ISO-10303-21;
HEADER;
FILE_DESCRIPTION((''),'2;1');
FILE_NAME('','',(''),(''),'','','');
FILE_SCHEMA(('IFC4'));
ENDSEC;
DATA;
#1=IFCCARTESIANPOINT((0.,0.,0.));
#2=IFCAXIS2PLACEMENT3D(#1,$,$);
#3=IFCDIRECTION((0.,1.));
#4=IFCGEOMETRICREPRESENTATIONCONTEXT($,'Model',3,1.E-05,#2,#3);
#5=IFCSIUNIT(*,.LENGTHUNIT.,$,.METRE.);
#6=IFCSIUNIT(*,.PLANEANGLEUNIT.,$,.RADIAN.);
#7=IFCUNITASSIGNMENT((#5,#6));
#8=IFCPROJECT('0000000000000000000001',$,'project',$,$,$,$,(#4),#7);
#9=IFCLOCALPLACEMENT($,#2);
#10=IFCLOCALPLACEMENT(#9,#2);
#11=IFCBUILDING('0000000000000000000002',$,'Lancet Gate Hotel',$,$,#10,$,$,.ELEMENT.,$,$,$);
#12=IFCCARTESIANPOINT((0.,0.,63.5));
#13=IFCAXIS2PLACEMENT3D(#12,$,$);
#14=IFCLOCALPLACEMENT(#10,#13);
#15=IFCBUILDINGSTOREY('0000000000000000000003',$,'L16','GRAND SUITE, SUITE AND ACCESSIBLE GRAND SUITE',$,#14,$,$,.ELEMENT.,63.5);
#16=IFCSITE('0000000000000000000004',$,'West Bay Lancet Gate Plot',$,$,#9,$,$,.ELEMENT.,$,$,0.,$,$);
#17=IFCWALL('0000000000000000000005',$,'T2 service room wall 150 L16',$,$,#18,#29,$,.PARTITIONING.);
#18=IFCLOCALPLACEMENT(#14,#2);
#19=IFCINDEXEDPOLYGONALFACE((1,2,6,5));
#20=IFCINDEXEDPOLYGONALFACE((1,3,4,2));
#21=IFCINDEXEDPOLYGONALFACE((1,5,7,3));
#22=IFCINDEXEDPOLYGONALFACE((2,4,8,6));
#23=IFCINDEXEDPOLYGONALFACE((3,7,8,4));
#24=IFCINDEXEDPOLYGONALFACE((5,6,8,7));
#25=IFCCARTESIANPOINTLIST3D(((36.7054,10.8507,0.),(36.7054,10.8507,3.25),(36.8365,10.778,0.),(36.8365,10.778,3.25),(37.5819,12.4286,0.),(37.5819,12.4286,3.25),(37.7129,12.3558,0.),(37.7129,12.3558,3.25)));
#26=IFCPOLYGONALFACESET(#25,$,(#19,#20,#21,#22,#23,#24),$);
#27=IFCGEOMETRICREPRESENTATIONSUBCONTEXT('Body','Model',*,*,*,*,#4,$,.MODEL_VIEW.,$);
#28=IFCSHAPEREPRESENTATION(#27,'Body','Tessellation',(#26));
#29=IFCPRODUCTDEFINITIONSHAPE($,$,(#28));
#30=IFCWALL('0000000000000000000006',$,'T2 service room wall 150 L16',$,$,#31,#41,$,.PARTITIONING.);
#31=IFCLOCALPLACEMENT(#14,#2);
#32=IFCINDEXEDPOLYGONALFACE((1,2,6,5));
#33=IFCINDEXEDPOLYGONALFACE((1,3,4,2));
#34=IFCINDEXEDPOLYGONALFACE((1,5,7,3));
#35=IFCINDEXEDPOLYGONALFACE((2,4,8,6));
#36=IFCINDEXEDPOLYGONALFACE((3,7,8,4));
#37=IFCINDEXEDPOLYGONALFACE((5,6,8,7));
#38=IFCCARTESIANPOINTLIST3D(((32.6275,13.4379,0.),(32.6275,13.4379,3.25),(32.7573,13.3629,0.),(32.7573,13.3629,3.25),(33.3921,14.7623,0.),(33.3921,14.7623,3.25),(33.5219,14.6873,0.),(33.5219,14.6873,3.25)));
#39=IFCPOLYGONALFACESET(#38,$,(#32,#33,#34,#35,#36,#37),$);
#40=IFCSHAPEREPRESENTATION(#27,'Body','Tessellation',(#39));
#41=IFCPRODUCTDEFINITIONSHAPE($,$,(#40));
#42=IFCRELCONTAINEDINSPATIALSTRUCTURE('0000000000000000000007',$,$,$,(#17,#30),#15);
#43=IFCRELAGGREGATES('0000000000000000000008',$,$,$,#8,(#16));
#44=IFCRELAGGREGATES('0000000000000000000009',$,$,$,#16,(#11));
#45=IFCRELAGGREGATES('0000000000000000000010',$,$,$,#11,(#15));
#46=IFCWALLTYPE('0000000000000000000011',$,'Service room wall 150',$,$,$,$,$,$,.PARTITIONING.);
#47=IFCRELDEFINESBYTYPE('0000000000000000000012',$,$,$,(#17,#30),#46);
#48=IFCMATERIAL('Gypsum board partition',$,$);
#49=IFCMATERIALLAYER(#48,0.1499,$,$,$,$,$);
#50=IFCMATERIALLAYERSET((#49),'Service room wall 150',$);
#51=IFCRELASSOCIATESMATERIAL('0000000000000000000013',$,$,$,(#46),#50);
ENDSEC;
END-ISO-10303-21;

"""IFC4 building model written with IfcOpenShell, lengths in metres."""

from ifc_helpers import new_model, si_unit, direction, frame, frame_2d, origin, place, context, subcontext, project, spatial, rectangle, extrude, material, layer, layer_set, type_object, element, save


model = new_model("IFC4")

# Units and contexts
model_context = context("Model", 3, precision=1e-05, world=origin(), true_north=direction((0.0, 1.0)))
body_context = subcontext(model_context, "Body", "Model", "MODEL_VIEW")
ifc_project = project(units=[si_unit("LENGTHUNIT", "METRE"), si_unit("PLANEANGLEUNIT", "RADIAN")], contexts=[model_context])

# Site, building, storey
site_placement = place(None, origin())
site = spatial("IfcSite", under=ifc_project, at=site_placement, Name="West Bay Lancet Gate Plot", CompositionType="ELEMENT", RefElevation=0.0)
building_placement = place(site_placement, origin())
building = spatial("IfcBuilding", under=site, at=building_placement, Name="Lancet Gate Hotel", CompositionType="ELEMENT")
storey_placement = place(building_placement, frame((0.0, 0.0, 63.5)))
storey = spatial("IfcBuildingStorey", under=building, at=storey_placement, Name="L16", Description="GRAND SUITE, SUITE AND ACCESSIBLE GRAND SUITE", CompositionType="ELEMENT", Elevation=63.5)

# Walls
ifc_material_1 = material(Name="Gypsum board partition")
ifc_layer_1 = layer(ifc_material_1, 0.1499)
ifc_layer_set_1 = layer_set([ifc_layer_1], Name="Service room wall 150")
wall_type_1 = type_object("IfcWallType", Name="Service room wall 150", PredefinedType="PARTITIONING", material=ifc_layer_set_1)
wall_1_placement = place(storey_placement, frame((36.771, 10.8145, 0.0), z_axis=(0.0, 0.0, 1.0), x_axis=(0.485586, 0.874189, 0.0)))
element("IfcWall", 1, at=wall_1_placement, inside=storey, type_object=wall_type_1, Name="T2 service room wall 150 L16", PredefinedType="PARTITIONING", context=body_context, shape_type="SweptSolid", body=[
    extrude(rectangle(XDim=1.8049, YDim=0.1499, at=frame_2d((0.9023, 0.0))), origin(), (0.0, 0.0, 1.0), 3.25),
])
wall_2_placement = place(storey_placement, frame((32.6924, 13.4004, 0.0), z_axis=(0.0, 0.0, 1.0), x_axis=(0.499985, 0.866034, 0.0)))
element("IfcWall", 2, at=wall_2_placement, inside=storey, type_object=wall_type_1, Name="T2 service room wall 150 L16", PredefinedType="PARTITIONING", context=body_context, shape_type="SweptSolid", body=[
    extrude(rectangle(XDim=1.5293, YDim=0.1499, at=frame_2d((0.7646, 0.0))), origin(), (0.0, 0.0, 1.0), 3.25),
])

save(model, "model.ifc")
